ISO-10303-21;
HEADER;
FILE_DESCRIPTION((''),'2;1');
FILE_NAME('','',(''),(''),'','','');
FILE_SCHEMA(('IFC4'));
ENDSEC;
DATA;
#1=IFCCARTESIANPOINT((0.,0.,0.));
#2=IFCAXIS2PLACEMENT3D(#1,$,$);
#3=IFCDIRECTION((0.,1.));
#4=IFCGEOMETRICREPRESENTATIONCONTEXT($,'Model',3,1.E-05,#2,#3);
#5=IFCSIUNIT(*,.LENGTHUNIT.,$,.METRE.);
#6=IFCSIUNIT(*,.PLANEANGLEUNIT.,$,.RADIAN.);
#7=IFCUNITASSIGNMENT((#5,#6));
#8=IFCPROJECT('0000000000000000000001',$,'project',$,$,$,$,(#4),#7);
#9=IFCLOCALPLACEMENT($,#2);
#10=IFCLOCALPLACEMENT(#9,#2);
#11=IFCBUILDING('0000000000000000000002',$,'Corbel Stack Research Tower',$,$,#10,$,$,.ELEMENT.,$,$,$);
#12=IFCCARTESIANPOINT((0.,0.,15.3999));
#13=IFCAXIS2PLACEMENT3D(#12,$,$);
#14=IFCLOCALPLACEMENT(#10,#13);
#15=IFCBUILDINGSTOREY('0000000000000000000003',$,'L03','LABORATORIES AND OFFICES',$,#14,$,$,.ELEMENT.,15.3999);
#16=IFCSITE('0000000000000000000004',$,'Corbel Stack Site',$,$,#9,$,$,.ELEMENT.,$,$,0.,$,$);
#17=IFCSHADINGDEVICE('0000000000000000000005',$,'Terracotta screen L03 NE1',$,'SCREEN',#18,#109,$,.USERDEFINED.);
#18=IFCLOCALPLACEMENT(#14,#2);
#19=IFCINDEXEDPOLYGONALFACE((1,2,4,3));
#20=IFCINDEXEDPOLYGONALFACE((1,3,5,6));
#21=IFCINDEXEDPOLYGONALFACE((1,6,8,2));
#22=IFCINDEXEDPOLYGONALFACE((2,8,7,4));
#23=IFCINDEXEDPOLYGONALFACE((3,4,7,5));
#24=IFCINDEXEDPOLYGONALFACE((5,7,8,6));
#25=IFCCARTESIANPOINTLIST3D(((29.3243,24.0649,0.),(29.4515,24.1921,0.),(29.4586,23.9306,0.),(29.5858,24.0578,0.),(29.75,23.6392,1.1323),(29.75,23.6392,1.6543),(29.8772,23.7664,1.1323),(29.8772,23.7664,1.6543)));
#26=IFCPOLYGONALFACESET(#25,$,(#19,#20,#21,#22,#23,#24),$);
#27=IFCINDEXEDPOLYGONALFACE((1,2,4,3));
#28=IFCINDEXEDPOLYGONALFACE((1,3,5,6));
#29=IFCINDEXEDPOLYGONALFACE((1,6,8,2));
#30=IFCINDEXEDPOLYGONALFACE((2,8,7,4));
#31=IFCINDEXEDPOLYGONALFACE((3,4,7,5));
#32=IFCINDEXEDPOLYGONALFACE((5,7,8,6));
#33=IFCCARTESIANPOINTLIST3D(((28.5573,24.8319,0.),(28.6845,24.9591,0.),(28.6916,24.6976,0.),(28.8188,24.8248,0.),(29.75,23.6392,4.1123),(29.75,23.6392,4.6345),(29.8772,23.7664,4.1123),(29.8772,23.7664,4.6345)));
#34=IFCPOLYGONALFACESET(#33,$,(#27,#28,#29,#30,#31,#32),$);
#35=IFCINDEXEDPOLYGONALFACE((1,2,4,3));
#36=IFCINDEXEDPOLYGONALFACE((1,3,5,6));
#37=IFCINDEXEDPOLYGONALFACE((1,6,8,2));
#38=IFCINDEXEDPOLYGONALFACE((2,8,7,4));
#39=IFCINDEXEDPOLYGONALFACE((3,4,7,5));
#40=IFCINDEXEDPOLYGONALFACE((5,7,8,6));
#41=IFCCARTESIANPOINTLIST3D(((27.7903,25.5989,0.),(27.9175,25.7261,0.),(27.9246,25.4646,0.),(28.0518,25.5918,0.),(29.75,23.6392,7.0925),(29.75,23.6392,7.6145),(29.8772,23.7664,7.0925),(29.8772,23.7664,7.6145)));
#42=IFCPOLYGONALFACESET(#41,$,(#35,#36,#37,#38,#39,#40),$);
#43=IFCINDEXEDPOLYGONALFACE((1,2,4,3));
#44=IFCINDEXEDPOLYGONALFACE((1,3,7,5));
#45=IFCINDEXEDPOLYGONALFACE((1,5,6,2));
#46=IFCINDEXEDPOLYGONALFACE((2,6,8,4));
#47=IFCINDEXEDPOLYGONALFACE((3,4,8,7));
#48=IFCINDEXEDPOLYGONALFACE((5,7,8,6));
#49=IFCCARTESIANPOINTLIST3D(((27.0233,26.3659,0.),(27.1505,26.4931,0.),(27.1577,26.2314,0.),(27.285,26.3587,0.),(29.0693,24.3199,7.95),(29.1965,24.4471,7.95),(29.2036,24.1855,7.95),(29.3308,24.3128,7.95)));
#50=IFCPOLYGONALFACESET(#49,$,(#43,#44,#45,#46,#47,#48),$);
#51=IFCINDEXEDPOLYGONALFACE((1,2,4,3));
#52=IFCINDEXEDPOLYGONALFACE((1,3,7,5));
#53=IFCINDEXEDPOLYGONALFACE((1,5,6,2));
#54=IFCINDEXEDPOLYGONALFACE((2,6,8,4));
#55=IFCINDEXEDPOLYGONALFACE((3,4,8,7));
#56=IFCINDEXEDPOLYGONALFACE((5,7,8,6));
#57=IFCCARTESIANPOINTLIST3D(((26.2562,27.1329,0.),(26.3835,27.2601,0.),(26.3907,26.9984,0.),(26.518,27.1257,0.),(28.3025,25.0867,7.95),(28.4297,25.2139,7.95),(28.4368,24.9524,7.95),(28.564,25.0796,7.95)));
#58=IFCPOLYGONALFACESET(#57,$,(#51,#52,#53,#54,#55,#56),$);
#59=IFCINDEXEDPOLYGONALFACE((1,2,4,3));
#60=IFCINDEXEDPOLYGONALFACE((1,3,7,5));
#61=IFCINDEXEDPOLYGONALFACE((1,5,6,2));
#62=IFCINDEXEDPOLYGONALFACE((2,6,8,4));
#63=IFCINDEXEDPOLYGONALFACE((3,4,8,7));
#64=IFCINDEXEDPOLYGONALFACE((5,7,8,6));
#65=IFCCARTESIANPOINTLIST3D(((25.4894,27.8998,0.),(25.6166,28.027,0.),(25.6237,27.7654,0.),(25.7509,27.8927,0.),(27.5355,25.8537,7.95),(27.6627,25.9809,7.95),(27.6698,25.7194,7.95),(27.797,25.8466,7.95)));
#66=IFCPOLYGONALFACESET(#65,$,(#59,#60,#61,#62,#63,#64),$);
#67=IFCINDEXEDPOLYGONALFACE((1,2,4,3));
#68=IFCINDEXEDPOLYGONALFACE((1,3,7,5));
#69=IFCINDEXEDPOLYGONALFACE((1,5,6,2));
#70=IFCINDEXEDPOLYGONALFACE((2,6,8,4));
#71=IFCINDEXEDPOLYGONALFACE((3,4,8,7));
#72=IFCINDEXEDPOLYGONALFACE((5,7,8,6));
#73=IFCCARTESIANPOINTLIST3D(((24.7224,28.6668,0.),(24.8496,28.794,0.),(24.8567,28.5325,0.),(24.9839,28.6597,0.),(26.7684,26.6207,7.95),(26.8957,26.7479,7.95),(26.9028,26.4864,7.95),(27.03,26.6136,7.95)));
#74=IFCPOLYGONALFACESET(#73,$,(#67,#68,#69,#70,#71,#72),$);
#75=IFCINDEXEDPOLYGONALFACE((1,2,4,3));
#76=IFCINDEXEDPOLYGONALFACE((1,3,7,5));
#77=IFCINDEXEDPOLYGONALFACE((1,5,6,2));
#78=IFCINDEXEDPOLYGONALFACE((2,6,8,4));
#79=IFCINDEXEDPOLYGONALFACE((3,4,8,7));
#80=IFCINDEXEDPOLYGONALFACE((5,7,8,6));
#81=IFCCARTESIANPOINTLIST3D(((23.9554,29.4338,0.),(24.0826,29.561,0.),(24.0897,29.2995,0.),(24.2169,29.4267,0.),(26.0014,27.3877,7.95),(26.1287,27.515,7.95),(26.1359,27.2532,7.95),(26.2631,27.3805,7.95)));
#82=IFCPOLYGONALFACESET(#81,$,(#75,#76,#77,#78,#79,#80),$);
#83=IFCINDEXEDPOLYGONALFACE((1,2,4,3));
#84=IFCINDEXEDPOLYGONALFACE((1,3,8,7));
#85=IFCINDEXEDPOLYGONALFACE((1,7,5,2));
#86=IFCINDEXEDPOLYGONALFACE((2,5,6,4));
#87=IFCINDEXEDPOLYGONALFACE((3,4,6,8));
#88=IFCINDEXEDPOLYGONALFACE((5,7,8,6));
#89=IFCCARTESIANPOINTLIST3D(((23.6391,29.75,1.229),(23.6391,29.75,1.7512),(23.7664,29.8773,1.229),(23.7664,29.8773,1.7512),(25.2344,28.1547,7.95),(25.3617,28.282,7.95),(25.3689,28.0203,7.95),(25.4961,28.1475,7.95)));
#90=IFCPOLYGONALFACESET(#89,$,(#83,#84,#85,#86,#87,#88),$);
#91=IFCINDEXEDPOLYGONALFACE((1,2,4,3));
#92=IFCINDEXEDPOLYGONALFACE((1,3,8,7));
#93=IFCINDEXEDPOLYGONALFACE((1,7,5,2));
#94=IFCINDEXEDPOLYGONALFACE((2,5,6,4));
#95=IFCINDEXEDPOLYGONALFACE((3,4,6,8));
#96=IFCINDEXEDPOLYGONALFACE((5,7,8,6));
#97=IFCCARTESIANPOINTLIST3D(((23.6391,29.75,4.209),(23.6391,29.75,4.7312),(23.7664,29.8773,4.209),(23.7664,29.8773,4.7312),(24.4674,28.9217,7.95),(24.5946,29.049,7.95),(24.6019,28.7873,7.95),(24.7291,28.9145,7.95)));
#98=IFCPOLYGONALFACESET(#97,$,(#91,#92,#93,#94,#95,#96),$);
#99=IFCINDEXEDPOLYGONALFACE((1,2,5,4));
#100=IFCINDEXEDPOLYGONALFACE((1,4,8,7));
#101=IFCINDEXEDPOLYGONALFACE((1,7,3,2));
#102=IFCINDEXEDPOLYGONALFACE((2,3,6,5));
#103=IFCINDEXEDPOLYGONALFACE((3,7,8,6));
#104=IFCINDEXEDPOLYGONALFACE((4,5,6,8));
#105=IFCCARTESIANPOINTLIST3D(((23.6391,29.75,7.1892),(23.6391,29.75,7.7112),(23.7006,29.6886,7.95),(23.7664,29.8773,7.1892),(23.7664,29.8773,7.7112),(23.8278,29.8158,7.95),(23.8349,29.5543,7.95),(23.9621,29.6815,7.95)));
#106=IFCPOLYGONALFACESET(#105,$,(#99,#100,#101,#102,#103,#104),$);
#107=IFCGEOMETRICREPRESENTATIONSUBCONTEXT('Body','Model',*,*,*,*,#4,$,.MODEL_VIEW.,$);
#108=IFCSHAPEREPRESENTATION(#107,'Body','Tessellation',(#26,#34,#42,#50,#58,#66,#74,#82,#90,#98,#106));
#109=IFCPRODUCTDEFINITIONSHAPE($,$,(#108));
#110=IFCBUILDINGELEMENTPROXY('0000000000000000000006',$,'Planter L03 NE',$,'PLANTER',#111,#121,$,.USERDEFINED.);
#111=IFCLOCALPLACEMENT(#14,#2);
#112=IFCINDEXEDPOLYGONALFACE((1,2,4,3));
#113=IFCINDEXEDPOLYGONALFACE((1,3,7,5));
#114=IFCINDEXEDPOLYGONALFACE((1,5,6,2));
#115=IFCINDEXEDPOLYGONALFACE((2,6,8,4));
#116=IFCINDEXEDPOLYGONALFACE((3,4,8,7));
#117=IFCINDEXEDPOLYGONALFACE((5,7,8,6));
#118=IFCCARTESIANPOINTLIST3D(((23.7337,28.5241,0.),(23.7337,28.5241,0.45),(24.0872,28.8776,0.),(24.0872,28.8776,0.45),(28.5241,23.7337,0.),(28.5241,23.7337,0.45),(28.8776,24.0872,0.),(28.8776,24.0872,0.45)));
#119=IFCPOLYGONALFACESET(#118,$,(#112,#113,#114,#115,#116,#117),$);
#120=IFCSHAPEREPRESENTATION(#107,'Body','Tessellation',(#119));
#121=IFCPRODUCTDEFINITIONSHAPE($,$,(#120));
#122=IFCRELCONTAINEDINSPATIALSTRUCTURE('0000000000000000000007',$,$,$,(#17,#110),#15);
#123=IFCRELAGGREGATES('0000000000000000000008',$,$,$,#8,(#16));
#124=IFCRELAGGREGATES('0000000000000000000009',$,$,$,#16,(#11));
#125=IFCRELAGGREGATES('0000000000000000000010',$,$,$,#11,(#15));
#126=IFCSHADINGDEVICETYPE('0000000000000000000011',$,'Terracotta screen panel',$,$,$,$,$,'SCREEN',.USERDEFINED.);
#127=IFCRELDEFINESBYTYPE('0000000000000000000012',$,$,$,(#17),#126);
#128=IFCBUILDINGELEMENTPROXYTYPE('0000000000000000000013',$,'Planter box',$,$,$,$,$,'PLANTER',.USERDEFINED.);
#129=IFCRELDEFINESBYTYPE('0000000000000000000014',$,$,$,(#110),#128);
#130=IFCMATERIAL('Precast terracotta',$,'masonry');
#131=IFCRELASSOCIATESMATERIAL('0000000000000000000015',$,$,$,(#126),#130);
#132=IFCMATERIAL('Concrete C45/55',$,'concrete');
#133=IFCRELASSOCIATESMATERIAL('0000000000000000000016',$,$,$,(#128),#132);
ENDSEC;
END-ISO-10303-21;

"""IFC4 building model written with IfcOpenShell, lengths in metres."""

from ifc_helpers import new_model, si_unit, direction, frame, origin, origin_2d, place, context, subcontext, project, spatial, polyline, rectangle, outline, extrude, source, transform, mapped, material, type_object, element, save


model = new_model("IFC4")

# Units and contexts
model_context = context("Model", 3, precision=1e-05, world=origin(), true_north=direction((0.0, 1.0)))
body_context = subcontext(model_context, "Body", "Model", "MODEL_VIEW")
ifc_project = project(units=[si_unit("LENGTHUNIT", "METRE"), si_unit("PLANEANGLEUNIT", "RADIAN")], contexts=[model_context])

# Site, building, storey
site_placement = place(None, origin())
site = spatial("IfcSite", under=ifc_project, at=site_placement, Name="Corbel Stack Site", CompositionType="ELEMENT", RefElevation=0.0)
building_placement = place(site_placement, origin())
building = spatial("IfcBuilding", under=site, at=building_placement, Name="Corbel Stack Research Tower", CompositionType="ELEMENT")
storey_placement = place(building_placement, frame((0.0, 0.0, 15.3999)))
storey = spatial("IfcBuildingStorey", under=building, at=storey_placement, Name="L03", Description="LABORATORIES AND OFFICES", CompositionType="ELEMENT", Elevation=15.3999)

# Shading device
ifc_material_1 = material(Name="Precast terracotta", Category="masonry")
shading_device_type = type_object("IfcShadingDeviceType", Name="Terracotta screen panel", ElementType="SCREEN", PredefinedType="USERDEFINED", material=ifc_material_1)
shared_shape_1 = source(origin(), body_context, "Body", "SweptSolid", [
    extrude(outline(polyline([(0.6021, 0.0), (0.0, 1.6543), (0.0, 1.1323), (0.4121, 0.0), (0.6021, 0.0)])), frame((0.0, 0.0, 0.0), z_axis=(0.0, -1.0, 0.0), x_axis=(1.0, 0.0, 0.0)), (0.0, 0.0, 1.0), 0.1799),
    extrude(outline(polyline([(1.6868, 0.0), (0.0, 4.6345), (0.0, 4.1123), (1.4968, 0.0), (1.6868, 0.0)])), frame((0.0, 0.0, 0.0), z_axis=(0.0, -1.0, 0.0), x_axis=(1.0, 0.0, 0.0)), (0.0, 0.0, 1.0), 0.1799),
    extrude(outline(polyline([(2.7715, 0.0), (0.0, 7.6145), (0.0, 7.0925), (2.5815, 0.0), (2.7715, 0.0)])), frame((0.0, 0.0, 0.0), z_axis=(0.0, -1.0, 0.0), x_axis=(1.0, 0.0, 0.0)), (0.0, 0.0, 1.0), 0.1799),
    extrude(outline(polyline([(3.8562, 0.0), (0.9626, 7.95), (0.7727, 7.95), (3.666, 0.0), (3.8562, 0.0)])), frame((0.0, 0.0, 0.0), z_axis=(0.0, -1.0, 0.0), x_axis=(1.0, 0.0, 0.0)), (0.0, 0.0, 1.0), 0.1799),
    extrude(outline(polyline([(4.9409, 0.0), (2.0471, 7.95), (1.8572, 7.95), (4.7507, 0.0), (4.9409, 0.0)])), frame((0.0, 0.0, 0.0), z_axis=(0.0, -1.0, 0.0), x_axis=(1.0, 0.0, 0.0)), (0.0, 0.0, 1.0), 0.1799),
    extrude(outline(polyline([(6.0254, 0.0), (3.1318, 7.95), (2.9419, 7.95), (5.8354, 0.0), (6.0254, 0.0)])), frame((0.0, 0.0, 0.0), z_axis=(0.0, -1.0, 0.0), x_axis=(1.0, 0.0, 0.0)), (0.0, 0.0, 1.0), 0.1799),
    extrude(outline(polyline([(7.1101, 0.0), (4.2166, 7.95), (4.0266, 7.95), (6.9202, 0.0), (7.1101, 0.0)])), frame((0.0, 0.0, 0.0), z_axis=(0.0, -1.0, 0.0), x_axis=(1.0, 0.0, 0.0)), (0.0, 0.0, 1.0), 0.1799),
    extrude(outline(polyline([(8.1948, 0.0), (5.3013, 7.95), (5.1111, 7.95), (8.0049, 0.0), (8.1948, 0.0)])), frame((0.0, 0.0, 0.0), z_axis=(0.0, -1.0, 0.0), x_axis=(1.0, 0.0, 0.0)), (0.0, 0.0, 1.0), 0.1799),
    extrude(outline(polyline([(6.386, 7.95), (6.1958, 7.95), (8.6421, 1.229), (8.6421, 1.7512), (6.386, 7.95)])), frame((0.0, 0.0, 0.0), z_axis=(0.0, -1.0, 0.0), x_axis=(1.0, 0.0, 0.0)), (0.0, 0.0, 1.0), 0.1799),
    extrude(outline(polyline([(7.4707, 7.95), (7.2805, 7.95), (8.6421, 4.209), (8.6421, 4.7312), (7.4707, 7.95)])), frame((0.0, 0.0, 0.0), z_axis=(0.0, -1.0, 0.0), x_axis=(1.0, 0.0, 0.0)), (0.0, 0.0, 1.0), 0.1799),
    extrude(outline(polyline([(8.5552, 7.95), (8.3652, 7.95), (8.6421, 7.1892), (8.6421, 7.7112), (8.5552, 7.95)])), frame((0.0, 0.0, 0.0), z_axis=(0.0, -1.0, 0.0), x_axis=(1.0, 0.0, 0.0)), (0.0, 0.0, 1.0), 0.1799),
])
shading_device_1_placement = place(storey_placement, frame((29.75, 23.6392, 0.0), z_axis=(0.0, 0.0, 1.0), x_axis=(-0.707107, 0.707107, 0.0)))
element("IfcShadingDevice", 1, at=shading_device_1_placement, inside=storey, type_object=shading_device_type, Name="Terracotta screen L03 NE1", ObjectType="SCREEN", PredefinedType="USERDEFINED", context=body_context, shape_type="MappedRepresentation", body=[
    mapped(shared_shape_1, transform((0.0, 0.0, 0.0))),
])

# Building element proxy
ifc_material_2 = material(Name="Concrete C45/55", Category="concrete")
building_element_proxy_type = type_object("IfcBuildingElementProxyType", Name="Planter box", ElementType="PLANTER", PredefinedType="USERDEFINED", material=ifc_material_2)
proxy_placement = place(storey_placement, frame((26.3057, 26.3057, 0.0), z_axis=(0.0, 0.0, 1.0), x_axis=(-0.707107, 0.707107, 0.0)))
element("IfcBuildingElementProxy", 2, at=proxy_placement, inside=storey, type_object=building_element_proxy_type, Name="Planter L03 NE", ObjectType="PLANTER", PredefinedType="USERDEFINED", context=body_context, shape_type="SweptSolid", body=[
    extrude(rectangle(XDim=6.7747, YDim=0.5, at=origin_2d()), origin(), (0.0, 0.0, 1.0), 0.45),
])

save(model, "model.ifc")
